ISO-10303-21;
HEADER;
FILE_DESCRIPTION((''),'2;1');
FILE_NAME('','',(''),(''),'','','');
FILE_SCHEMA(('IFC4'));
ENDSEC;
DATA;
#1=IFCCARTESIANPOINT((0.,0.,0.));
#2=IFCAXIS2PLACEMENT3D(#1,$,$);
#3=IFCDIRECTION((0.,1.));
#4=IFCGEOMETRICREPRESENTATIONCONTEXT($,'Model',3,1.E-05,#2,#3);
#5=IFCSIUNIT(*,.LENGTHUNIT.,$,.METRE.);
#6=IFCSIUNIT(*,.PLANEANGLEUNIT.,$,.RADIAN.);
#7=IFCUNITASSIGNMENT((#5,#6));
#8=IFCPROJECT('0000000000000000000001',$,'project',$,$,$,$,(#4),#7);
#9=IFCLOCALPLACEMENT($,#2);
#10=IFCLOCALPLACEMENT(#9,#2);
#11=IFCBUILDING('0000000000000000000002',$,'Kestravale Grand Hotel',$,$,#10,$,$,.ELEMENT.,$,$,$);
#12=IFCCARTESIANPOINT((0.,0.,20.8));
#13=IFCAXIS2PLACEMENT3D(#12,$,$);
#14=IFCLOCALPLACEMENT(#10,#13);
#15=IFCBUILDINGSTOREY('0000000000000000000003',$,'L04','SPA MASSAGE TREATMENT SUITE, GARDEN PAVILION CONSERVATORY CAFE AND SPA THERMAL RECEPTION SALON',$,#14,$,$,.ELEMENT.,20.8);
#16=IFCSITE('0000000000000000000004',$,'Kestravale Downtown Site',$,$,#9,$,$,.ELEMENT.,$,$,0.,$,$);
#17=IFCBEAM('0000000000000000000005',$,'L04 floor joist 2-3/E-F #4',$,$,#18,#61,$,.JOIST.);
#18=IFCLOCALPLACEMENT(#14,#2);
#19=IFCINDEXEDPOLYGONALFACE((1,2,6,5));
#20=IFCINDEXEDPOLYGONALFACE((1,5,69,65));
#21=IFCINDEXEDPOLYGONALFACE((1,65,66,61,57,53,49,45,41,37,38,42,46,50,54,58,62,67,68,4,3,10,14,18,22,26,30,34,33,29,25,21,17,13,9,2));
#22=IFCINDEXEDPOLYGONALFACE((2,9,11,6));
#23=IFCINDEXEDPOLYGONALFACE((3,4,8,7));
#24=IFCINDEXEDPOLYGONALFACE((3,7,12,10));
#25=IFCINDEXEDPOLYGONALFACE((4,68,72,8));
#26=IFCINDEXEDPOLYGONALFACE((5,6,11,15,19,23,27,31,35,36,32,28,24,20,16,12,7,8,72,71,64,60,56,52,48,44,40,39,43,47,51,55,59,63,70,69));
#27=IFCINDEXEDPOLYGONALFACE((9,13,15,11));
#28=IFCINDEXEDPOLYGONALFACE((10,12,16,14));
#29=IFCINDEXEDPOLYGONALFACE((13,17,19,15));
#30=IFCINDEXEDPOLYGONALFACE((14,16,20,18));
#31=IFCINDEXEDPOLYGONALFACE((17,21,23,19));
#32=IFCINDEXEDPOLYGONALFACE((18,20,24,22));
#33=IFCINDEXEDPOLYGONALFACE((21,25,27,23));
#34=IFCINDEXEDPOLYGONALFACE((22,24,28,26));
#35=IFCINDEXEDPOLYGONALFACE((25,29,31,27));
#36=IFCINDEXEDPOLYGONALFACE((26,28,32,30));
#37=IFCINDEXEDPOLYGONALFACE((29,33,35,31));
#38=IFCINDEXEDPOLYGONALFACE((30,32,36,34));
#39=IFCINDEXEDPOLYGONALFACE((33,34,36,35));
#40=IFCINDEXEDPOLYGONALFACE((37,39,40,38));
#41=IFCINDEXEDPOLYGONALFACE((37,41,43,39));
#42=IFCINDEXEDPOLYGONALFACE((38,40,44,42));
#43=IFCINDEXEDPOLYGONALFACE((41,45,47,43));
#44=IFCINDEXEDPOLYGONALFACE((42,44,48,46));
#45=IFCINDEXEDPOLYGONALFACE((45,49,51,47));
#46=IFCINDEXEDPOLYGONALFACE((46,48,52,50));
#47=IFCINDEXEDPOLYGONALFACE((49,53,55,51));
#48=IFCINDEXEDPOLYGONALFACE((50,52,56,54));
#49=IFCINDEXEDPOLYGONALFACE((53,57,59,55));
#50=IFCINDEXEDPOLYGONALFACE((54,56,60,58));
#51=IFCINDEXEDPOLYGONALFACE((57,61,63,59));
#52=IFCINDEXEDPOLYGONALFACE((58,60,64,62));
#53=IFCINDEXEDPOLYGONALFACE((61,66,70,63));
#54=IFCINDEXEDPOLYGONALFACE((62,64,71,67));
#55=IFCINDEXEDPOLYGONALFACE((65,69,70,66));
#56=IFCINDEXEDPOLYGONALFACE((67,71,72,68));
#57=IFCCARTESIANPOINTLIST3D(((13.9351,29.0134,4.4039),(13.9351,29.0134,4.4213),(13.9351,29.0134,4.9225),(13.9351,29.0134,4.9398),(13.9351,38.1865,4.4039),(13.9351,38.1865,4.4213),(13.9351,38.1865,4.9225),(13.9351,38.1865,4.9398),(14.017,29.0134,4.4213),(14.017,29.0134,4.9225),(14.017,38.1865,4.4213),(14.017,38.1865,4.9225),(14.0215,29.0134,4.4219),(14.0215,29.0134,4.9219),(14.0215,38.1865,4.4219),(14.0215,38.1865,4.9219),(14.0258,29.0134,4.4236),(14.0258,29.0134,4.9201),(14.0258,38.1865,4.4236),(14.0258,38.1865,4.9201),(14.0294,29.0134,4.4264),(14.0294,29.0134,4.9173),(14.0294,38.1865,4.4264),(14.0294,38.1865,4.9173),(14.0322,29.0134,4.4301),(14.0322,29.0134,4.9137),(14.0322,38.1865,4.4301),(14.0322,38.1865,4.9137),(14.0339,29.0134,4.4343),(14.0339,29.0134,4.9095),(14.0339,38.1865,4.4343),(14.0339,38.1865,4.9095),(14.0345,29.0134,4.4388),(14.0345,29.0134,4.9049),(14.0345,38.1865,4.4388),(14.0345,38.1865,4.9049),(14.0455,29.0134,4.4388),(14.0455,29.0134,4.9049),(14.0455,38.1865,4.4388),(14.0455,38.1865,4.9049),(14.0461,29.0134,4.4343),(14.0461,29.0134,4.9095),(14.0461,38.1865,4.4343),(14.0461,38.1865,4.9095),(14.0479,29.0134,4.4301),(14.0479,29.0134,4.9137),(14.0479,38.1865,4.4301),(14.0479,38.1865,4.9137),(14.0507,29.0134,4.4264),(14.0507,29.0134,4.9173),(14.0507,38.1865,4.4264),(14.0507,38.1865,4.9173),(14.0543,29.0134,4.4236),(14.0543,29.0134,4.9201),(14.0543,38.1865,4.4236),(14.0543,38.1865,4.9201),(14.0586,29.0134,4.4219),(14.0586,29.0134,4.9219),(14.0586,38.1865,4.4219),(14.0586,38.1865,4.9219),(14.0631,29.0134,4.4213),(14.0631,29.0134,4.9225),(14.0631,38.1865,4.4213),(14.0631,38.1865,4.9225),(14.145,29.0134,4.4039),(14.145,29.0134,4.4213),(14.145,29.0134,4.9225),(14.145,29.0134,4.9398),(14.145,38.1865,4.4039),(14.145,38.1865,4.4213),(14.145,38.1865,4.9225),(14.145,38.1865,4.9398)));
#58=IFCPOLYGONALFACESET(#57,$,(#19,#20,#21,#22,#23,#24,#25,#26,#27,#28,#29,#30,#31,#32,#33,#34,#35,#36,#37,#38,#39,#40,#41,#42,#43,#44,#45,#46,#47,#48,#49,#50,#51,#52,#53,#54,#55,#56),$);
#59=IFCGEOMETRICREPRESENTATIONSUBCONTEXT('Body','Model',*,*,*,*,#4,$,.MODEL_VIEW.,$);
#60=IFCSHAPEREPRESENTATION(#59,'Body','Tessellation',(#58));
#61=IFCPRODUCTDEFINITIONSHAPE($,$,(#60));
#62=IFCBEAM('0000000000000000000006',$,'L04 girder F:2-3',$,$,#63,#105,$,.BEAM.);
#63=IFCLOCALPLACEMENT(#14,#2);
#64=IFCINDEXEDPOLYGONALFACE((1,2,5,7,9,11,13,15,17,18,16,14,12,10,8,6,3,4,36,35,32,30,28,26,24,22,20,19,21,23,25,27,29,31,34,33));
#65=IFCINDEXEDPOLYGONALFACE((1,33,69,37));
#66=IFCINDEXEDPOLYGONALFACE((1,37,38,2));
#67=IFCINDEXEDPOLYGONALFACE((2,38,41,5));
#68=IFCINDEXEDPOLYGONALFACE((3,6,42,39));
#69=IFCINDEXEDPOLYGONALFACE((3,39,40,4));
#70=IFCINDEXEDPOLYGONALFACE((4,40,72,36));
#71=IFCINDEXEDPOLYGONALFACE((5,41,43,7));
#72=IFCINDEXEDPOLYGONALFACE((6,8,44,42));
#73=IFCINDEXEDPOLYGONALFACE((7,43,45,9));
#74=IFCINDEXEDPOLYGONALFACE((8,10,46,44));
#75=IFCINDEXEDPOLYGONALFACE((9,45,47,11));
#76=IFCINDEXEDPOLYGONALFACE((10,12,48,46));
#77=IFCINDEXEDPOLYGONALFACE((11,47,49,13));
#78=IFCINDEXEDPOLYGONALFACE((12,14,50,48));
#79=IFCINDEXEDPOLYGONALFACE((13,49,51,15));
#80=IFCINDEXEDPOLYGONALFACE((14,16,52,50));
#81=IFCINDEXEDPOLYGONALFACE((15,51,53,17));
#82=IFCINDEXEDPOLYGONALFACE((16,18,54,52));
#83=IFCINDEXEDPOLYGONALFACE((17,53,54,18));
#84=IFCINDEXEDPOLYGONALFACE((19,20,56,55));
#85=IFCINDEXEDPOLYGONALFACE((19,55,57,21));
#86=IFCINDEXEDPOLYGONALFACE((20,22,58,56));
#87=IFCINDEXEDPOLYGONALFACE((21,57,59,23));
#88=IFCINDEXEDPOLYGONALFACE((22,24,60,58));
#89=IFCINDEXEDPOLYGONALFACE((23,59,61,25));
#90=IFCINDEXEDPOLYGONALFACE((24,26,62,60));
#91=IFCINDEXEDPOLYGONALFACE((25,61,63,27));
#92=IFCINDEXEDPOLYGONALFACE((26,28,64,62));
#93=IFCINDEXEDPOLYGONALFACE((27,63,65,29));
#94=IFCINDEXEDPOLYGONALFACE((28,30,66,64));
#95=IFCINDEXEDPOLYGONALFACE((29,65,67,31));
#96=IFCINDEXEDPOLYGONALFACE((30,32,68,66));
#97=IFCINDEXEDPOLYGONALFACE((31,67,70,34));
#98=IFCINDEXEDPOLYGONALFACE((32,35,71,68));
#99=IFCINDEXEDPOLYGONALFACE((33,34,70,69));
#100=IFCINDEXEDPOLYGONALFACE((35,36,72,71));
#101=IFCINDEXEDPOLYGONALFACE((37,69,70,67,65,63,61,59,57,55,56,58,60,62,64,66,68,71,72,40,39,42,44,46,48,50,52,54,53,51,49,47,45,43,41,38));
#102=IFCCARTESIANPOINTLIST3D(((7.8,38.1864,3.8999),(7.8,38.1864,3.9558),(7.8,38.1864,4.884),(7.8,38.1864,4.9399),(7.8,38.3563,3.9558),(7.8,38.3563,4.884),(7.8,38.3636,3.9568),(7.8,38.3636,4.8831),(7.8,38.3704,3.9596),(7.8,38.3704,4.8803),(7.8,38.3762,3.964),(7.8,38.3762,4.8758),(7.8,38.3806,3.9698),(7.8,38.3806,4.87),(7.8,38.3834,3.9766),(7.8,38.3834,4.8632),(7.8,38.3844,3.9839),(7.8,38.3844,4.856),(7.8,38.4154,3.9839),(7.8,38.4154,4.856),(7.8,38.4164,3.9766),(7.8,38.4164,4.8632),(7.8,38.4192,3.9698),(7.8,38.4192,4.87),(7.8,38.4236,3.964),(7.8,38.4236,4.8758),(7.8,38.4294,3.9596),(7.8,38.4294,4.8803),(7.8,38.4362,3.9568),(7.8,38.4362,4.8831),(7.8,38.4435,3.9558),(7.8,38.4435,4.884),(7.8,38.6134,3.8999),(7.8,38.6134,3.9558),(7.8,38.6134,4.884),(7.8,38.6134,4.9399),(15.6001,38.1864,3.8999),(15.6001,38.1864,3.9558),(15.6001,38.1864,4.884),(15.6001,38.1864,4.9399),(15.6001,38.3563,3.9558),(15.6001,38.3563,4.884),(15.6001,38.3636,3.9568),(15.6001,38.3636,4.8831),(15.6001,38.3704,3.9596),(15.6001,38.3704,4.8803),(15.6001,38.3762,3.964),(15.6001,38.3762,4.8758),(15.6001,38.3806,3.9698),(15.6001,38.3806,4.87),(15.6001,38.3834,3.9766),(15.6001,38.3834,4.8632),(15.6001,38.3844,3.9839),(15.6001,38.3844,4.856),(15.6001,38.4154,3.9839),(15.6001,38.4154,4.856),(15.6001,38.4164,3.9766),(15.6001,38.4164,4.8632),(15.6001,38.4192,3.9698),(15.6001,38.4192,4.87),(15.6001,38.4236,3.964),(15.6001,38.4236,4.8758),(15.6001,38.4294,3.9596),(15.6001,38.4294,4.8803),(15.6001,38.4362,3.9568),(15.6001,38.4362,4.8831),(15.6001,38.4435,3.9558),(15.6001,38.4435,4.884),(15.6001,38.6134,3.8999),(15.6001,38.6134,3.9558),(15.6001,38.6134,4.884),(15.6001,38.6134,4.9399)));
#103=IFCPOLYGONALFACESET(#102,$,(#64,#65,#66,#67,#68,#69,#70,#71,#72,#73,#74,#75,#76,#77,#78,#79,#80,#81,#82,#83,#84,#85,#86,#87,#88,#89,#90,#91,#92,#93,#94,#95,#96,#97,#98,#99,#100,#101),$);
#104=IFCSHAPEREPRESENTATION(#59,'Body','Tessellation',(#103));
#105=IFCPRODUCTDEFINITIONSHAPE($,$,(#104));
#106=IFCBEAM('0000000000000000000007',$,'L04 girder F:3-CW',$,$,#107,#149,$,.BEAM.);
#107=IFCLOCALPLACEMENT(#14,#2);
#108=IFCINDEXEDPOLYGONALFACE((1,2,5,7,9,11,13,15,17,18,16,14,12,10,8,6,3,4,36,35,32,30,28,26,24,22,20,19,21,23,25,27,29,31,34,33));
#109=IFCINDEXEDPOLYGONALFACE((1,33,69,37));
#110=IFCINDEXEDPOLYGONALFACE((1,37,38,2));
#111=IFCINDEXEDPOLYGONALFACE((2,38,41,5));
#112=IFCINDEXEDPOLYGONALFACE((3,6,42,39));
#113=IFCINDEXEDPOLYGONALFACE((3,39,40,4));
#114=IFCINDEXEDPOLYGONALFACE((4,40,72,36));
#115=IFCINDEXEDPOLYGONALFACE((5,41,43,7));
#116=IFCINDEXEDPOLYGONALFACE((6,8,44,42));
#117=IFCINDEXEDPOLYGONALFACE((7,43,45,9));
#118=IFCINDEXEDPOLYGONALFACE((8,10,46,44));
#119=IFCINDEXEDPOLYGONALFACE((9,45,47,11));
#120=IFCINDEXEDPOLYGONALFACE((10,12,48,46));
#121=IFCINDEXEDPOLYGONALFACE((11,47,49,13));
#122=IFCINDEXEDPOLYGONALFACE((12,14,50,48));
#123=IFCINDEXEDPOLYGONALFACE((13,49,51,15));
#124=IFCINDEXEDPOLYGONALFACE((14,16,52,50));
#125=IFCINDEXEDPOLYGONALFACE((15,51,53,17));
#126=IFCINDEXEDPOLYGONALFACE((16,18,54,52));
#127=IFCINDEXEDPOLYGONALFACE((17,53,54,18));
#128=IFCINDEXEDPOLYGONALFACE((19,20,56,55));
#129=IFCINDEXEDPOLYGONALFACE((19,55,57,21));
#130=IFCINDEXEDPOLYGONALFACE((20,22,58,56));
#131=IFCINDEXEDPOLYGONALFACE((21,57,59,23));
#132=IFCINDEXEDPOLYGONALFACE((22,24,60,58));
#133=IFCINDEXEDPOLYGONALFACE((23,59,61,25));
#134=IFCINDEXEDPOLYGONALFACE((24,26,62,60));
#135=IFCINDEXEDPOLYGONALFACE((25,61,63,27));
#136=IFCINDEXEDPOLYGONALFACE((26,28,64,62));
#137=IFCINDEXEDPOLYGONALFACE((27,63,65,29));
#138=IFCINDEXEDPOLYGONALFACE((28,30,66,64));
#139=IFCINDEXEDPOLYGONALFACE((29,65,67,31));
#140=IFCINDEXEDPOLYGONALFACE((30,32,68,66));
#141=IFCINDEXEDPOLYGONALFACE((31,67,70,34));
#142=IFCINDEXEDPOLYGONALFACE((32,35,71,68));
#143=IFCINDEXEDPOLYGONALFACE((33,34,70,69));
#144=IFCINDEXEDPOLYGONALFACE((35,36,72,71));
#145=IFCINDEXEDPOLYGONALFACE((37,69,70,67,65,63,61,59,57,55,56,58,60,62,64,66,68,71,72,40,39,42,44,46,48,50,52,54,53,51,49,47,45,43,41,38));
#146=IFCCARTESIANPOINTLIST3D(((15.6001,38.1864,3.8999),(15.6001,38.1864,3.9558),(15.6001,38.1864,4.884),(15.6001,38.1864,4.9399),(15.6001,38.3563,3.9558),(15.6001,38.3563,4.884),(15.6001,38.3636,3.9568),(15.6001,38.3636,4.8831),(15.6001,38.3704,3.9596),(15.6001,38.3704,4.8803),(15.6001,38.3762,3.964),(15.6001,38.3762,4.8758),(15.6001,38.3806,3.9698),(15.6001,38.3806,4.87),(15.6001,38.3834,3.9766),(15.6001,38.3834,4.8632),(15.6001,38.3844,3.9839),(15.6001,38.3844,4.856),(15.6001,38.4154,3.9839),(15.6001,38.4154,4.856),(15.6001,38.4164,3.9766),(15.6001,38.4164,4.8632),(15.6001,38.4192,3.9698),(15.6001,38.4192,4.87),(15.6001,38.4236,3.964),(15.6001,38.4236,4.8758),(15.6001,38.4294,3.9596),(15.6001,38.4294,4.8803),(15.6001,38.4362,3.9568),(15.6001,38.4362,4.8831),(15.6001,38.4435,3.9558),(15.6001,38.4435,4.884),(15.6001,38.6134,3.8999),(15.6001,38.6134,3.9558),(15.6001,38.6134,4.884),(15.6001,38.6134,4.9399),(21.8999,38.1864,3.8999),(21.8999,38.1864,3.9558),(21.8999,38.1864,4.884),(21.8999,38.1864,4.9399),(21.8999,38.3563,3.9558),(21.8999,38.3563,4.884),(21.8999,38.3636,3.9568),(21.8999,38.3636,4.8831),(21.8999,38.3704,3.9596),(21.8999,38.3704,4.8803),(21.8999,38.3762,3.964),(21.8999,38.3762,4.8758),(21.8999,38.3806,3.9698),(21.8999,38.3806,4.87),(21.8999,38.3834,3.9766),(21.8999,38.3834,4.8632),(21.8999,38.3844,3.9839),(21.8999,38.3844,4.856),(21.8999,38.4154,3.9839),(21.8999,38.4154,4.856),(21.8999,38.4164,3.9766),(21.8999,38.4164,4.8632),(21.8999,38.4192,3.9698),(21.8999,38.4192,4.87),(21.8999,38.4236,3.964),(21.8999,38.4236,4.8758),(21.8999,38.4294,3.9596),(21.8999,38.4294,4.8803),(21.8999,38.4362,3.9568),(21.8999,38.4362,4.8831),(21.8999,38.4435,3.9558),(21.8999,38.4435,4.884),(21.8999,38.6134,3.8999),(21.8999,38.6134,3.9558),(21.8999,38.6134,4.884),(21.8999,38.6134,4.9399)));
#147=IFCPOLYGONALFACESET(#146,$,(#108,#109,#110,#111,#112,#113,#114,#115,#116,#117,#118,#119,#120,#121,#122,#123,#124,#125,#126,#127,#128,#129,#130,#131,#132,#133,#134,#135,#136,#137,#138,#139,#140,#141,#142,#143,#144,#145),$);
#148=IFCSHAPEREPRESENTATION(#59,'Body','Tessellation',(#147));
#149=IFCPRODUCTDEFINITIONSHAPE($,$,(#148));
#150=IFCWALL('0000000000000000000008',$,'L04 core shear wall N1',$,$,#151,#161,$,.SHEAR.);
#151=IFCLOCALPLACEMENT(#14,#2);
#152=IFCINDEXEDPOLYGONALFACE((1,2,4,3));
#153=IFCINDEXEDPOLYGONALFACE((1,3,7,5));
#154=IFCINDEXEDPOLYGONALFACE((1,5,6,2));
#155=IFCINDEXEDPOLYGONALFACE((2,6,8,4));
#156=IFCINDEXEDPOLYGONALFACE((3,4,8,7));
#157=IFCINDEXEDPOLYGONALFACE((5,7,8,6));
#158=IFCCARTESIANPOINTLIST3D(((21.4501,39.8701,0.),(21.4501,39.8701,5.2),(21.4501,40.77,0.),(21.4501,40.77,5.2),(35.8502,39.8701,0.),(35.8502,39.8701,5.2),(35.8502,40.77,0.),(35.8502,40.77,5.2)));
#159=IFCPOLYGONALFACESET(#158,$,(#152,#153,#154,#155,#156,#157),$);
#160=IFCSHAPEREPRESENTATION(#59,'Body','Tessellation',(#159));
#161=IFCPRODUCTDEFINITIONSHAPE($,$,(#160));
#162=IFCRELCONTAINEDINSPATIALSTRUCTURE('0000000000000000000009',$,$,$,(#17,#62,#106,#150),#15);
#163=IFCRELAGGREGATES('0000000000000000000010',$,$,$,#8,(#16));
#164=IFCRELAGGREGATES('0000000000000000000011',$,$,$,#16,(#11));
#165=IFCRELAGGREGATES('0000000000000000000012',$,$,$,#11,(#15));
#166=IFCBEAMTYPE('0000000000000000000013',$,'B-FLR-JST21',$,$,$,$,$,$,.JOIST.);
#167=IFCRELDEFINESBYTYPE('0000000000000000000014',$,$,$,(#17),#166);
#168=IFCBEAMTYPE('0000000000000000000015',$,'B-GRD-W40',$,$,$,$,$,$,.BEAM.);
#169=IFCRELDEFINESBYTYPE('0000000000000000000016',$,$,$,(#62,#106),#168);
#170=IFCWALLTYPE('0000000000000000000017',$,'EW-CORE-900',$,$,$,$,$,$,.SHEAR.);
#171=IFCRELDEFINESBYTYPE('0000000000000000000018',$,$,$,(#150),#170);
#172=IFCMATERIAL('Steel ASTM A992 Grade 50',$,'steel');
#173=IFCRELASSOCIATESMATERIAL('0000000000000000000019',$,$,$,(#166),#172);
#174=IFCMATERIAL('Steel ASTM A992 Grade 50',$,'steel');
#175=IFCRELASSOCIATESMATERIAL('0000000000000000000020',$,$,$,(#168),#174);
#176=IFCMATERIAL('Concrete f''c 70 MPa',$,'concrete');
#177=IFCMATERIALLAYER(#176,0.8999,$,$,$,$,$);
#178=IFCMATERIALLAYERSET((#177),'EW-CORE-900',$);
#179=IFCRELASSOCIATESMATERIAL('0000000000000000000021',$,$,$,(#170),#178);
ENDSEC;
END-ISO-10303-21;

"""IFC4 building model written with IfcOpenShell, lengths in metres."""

from ifc_helpers import new_model, si_unit, direction, frame, frame_2d, origin, origin_2d, place, context, subcontext, project, spatial, rectangle, i_section, extrude, material, layer, layer_set, material_profile, profile_set, type_object, element, save


model = new_model("IFC4")

# Units and contexts
model_context = context("Model", 3, precision=1e-05, world=origin(), true_north=direction((0.0, 1.0)))
body_context = subcontext(model_context, "Body", "Model", "MODEL_VIEW")
ifc_project = project(units=[si_unit("LENGTHUNIT", "METRE"), si_unit("PLANEANGLEUNIT", "RADIAN")], contexts=[model_context])

# Site, building, storey
site_placement = place(None, origin())
site = spatial("IfcSite", under=ifc_project, at=site_placement, Name="Kestravale Downtown Site", CompositionType="ELEMENT", RefElevation=0.0)
building_placement = place(site_placement, origin())
building = spatial("IfcBuilding", under=site, at=building_placement, Name="Kestravale Grand Hotel", CompositionType="ELEMENT")
storey_placement = place(building_placement, frame((0.0, 0.0, 20.8)))
storey = spatial("IfcBuildingStorey", under=building, at=storey_placement, Name="L04", Description="SPA MASSAGE TREATMENT SUITE, GARDEN PAVILION CONSERVATORY CAFE AND SPA THERMAL RECEPTION SALON", CompositionType="ELEMENT", Elevation=20.8)

# Beams
ifc_material_1 = material(Name="Steel ASTM A992 Grade 50", Category="steel")
ifc_material_profile_1 = material_profile(ifc_material_1, i_section(OverallWidth=0.21, OverallDepth=0.5359, WebThickness=0.011, FlangeThickness=0.0173, FilletRadius=0.0176, at=origin_2d()))
ifc_profile_set_1 = profile_set([ifc_material_profile_1], Name="Steel ASTM A992 Grade 50")
beam_type_1 = type_object("IfcBeamType", Name="B-FLR-JST21", PredefinedType="JOIST", material=ifc_profile_set_1)
for number, where, z_axis, x_axis, name in (
    (1, (14.04, 29.0134, 4.6719), (0.0, 1.0, 0.0), (-1.0, 0.0, 0.0), "L04 floor joist 2-3/E-F #4"),
):
    element("IfcBeam", number, at=place(storey_placement, frame(where, z_axis=z_axis, x_axis=x_axis)), inside=storey, type_object=beam_type_1, Name=name, PredefinedType="JOIST", context=body_context, shape_type="SweptSolid", body=[
        extrude(i_section(OverallWidth=0.21, OverallDepth=0.5359, WebThickness=0.011, FlangeThickness=0.0173, FilletRadius=0.0176, at=origin_2d()), origin(), (0.0, 0.0, 1.0), 9.1731),
    ])
ifc_material_2 = material(Name="Steel ASTM A992 Grade 50", Category="steel")
ifc_material_profile_2 = material_profile(ifc_material_2, i_section(OverallWidth=0.427, OverallDepth=1.04, WebThickness=0.031, FlangeThickness=0.0559, FilletRadius=0.0281, at=origin_2d()))
ifc_profile_set_2 = profile_set([ifc_material_profile_2], Name="Steel ASTM A992 Grade 50")
beam_type_2 = type_object("IfcBeamType", Name="B-GRD-W40", PredefinedType="BEAM", material=ifc_profile_set_2)
beam_1_placement = place(storey_placement, frame((7.8, 38.3999, 4.4199), z_axis=(1.0, 0.0, 0.0), x_axis=(0.0, 1.0, 0.0)))
element("IfcBeam", 2, at=beam_1_placement, inside=storey, type_object=beam_type_2, Name="L04 girder F:2-3", PredefinedType="BEAM", context=body_context, shape_type="SweptSolid", body=[
    extrude(i_section(OverallWidth=0.427, OverallDepth=1.04, WebThickness=0.031, FlangeThickness=0.0559, FilletRadius=0.0281, at=origin_2d()), origin(), (0.0, 0.0, 1.0), 7.8),
])
beam_2_placement = place(storey_placement, frame((15.6001, 38.3999, 4.4199), z_axis=(1.0, 0.0, 0.0), x_axis=(0.0, 1.0, 0.0)))
element("IfcBeam", 3, at=beam_2_placement, inside=storey, type_object=beam_type_2, Name="L04 girder F:3-CW", PredefinedType="BEAM", context=body_context, shape_type="SweptSolid", body=[
    extrude(i_section(OverallWidth=0.427, OverallDepth=1.04, WebThickness=0.031, FlangeThickness=0.0559, FilletRadius=0.0281, at=origin_2d()), origin(), (0.0, 0.0, 1.0), 6.2998),
])

# Wall
ifc_material_3 = material(Name="Concrete f'c 70 MPa", Category="concrete")
ifc_layer_1 = layer(ifc_material_3, 0.8999)
ifc_layer_set_1 = layer_set([ifc_layer_1], Name="EW-CORE-900")
wall_type_1 = type_object("IfcWallType", Name="EW-CORE-900", PredefinedType="SHEAR", material=ifc_layer_set_1)
wall_1_placement = place(storey_placement, frame((21.45, 40.3201, 0.0), z_axis=(0.0, 0.0, 1.0), x_axis=(1.0, 0.0, 0.0)))
element("IfcWall", 4, at=wall_1_placement, inside=storey, type_object=wall_type_1, Name="L04 core shear wall N1", PredefinedType="SHEAR", context=body_context, shape_type="SweptSolid", body=[
    extrude(rectangle(XDim=14.4001, YDim=0.8999, at=frame_2d((7.2002, 0.0))), origin(), (0.0, 0.0, 1.0), 5.2),
])

save(model, "model.ifc")
